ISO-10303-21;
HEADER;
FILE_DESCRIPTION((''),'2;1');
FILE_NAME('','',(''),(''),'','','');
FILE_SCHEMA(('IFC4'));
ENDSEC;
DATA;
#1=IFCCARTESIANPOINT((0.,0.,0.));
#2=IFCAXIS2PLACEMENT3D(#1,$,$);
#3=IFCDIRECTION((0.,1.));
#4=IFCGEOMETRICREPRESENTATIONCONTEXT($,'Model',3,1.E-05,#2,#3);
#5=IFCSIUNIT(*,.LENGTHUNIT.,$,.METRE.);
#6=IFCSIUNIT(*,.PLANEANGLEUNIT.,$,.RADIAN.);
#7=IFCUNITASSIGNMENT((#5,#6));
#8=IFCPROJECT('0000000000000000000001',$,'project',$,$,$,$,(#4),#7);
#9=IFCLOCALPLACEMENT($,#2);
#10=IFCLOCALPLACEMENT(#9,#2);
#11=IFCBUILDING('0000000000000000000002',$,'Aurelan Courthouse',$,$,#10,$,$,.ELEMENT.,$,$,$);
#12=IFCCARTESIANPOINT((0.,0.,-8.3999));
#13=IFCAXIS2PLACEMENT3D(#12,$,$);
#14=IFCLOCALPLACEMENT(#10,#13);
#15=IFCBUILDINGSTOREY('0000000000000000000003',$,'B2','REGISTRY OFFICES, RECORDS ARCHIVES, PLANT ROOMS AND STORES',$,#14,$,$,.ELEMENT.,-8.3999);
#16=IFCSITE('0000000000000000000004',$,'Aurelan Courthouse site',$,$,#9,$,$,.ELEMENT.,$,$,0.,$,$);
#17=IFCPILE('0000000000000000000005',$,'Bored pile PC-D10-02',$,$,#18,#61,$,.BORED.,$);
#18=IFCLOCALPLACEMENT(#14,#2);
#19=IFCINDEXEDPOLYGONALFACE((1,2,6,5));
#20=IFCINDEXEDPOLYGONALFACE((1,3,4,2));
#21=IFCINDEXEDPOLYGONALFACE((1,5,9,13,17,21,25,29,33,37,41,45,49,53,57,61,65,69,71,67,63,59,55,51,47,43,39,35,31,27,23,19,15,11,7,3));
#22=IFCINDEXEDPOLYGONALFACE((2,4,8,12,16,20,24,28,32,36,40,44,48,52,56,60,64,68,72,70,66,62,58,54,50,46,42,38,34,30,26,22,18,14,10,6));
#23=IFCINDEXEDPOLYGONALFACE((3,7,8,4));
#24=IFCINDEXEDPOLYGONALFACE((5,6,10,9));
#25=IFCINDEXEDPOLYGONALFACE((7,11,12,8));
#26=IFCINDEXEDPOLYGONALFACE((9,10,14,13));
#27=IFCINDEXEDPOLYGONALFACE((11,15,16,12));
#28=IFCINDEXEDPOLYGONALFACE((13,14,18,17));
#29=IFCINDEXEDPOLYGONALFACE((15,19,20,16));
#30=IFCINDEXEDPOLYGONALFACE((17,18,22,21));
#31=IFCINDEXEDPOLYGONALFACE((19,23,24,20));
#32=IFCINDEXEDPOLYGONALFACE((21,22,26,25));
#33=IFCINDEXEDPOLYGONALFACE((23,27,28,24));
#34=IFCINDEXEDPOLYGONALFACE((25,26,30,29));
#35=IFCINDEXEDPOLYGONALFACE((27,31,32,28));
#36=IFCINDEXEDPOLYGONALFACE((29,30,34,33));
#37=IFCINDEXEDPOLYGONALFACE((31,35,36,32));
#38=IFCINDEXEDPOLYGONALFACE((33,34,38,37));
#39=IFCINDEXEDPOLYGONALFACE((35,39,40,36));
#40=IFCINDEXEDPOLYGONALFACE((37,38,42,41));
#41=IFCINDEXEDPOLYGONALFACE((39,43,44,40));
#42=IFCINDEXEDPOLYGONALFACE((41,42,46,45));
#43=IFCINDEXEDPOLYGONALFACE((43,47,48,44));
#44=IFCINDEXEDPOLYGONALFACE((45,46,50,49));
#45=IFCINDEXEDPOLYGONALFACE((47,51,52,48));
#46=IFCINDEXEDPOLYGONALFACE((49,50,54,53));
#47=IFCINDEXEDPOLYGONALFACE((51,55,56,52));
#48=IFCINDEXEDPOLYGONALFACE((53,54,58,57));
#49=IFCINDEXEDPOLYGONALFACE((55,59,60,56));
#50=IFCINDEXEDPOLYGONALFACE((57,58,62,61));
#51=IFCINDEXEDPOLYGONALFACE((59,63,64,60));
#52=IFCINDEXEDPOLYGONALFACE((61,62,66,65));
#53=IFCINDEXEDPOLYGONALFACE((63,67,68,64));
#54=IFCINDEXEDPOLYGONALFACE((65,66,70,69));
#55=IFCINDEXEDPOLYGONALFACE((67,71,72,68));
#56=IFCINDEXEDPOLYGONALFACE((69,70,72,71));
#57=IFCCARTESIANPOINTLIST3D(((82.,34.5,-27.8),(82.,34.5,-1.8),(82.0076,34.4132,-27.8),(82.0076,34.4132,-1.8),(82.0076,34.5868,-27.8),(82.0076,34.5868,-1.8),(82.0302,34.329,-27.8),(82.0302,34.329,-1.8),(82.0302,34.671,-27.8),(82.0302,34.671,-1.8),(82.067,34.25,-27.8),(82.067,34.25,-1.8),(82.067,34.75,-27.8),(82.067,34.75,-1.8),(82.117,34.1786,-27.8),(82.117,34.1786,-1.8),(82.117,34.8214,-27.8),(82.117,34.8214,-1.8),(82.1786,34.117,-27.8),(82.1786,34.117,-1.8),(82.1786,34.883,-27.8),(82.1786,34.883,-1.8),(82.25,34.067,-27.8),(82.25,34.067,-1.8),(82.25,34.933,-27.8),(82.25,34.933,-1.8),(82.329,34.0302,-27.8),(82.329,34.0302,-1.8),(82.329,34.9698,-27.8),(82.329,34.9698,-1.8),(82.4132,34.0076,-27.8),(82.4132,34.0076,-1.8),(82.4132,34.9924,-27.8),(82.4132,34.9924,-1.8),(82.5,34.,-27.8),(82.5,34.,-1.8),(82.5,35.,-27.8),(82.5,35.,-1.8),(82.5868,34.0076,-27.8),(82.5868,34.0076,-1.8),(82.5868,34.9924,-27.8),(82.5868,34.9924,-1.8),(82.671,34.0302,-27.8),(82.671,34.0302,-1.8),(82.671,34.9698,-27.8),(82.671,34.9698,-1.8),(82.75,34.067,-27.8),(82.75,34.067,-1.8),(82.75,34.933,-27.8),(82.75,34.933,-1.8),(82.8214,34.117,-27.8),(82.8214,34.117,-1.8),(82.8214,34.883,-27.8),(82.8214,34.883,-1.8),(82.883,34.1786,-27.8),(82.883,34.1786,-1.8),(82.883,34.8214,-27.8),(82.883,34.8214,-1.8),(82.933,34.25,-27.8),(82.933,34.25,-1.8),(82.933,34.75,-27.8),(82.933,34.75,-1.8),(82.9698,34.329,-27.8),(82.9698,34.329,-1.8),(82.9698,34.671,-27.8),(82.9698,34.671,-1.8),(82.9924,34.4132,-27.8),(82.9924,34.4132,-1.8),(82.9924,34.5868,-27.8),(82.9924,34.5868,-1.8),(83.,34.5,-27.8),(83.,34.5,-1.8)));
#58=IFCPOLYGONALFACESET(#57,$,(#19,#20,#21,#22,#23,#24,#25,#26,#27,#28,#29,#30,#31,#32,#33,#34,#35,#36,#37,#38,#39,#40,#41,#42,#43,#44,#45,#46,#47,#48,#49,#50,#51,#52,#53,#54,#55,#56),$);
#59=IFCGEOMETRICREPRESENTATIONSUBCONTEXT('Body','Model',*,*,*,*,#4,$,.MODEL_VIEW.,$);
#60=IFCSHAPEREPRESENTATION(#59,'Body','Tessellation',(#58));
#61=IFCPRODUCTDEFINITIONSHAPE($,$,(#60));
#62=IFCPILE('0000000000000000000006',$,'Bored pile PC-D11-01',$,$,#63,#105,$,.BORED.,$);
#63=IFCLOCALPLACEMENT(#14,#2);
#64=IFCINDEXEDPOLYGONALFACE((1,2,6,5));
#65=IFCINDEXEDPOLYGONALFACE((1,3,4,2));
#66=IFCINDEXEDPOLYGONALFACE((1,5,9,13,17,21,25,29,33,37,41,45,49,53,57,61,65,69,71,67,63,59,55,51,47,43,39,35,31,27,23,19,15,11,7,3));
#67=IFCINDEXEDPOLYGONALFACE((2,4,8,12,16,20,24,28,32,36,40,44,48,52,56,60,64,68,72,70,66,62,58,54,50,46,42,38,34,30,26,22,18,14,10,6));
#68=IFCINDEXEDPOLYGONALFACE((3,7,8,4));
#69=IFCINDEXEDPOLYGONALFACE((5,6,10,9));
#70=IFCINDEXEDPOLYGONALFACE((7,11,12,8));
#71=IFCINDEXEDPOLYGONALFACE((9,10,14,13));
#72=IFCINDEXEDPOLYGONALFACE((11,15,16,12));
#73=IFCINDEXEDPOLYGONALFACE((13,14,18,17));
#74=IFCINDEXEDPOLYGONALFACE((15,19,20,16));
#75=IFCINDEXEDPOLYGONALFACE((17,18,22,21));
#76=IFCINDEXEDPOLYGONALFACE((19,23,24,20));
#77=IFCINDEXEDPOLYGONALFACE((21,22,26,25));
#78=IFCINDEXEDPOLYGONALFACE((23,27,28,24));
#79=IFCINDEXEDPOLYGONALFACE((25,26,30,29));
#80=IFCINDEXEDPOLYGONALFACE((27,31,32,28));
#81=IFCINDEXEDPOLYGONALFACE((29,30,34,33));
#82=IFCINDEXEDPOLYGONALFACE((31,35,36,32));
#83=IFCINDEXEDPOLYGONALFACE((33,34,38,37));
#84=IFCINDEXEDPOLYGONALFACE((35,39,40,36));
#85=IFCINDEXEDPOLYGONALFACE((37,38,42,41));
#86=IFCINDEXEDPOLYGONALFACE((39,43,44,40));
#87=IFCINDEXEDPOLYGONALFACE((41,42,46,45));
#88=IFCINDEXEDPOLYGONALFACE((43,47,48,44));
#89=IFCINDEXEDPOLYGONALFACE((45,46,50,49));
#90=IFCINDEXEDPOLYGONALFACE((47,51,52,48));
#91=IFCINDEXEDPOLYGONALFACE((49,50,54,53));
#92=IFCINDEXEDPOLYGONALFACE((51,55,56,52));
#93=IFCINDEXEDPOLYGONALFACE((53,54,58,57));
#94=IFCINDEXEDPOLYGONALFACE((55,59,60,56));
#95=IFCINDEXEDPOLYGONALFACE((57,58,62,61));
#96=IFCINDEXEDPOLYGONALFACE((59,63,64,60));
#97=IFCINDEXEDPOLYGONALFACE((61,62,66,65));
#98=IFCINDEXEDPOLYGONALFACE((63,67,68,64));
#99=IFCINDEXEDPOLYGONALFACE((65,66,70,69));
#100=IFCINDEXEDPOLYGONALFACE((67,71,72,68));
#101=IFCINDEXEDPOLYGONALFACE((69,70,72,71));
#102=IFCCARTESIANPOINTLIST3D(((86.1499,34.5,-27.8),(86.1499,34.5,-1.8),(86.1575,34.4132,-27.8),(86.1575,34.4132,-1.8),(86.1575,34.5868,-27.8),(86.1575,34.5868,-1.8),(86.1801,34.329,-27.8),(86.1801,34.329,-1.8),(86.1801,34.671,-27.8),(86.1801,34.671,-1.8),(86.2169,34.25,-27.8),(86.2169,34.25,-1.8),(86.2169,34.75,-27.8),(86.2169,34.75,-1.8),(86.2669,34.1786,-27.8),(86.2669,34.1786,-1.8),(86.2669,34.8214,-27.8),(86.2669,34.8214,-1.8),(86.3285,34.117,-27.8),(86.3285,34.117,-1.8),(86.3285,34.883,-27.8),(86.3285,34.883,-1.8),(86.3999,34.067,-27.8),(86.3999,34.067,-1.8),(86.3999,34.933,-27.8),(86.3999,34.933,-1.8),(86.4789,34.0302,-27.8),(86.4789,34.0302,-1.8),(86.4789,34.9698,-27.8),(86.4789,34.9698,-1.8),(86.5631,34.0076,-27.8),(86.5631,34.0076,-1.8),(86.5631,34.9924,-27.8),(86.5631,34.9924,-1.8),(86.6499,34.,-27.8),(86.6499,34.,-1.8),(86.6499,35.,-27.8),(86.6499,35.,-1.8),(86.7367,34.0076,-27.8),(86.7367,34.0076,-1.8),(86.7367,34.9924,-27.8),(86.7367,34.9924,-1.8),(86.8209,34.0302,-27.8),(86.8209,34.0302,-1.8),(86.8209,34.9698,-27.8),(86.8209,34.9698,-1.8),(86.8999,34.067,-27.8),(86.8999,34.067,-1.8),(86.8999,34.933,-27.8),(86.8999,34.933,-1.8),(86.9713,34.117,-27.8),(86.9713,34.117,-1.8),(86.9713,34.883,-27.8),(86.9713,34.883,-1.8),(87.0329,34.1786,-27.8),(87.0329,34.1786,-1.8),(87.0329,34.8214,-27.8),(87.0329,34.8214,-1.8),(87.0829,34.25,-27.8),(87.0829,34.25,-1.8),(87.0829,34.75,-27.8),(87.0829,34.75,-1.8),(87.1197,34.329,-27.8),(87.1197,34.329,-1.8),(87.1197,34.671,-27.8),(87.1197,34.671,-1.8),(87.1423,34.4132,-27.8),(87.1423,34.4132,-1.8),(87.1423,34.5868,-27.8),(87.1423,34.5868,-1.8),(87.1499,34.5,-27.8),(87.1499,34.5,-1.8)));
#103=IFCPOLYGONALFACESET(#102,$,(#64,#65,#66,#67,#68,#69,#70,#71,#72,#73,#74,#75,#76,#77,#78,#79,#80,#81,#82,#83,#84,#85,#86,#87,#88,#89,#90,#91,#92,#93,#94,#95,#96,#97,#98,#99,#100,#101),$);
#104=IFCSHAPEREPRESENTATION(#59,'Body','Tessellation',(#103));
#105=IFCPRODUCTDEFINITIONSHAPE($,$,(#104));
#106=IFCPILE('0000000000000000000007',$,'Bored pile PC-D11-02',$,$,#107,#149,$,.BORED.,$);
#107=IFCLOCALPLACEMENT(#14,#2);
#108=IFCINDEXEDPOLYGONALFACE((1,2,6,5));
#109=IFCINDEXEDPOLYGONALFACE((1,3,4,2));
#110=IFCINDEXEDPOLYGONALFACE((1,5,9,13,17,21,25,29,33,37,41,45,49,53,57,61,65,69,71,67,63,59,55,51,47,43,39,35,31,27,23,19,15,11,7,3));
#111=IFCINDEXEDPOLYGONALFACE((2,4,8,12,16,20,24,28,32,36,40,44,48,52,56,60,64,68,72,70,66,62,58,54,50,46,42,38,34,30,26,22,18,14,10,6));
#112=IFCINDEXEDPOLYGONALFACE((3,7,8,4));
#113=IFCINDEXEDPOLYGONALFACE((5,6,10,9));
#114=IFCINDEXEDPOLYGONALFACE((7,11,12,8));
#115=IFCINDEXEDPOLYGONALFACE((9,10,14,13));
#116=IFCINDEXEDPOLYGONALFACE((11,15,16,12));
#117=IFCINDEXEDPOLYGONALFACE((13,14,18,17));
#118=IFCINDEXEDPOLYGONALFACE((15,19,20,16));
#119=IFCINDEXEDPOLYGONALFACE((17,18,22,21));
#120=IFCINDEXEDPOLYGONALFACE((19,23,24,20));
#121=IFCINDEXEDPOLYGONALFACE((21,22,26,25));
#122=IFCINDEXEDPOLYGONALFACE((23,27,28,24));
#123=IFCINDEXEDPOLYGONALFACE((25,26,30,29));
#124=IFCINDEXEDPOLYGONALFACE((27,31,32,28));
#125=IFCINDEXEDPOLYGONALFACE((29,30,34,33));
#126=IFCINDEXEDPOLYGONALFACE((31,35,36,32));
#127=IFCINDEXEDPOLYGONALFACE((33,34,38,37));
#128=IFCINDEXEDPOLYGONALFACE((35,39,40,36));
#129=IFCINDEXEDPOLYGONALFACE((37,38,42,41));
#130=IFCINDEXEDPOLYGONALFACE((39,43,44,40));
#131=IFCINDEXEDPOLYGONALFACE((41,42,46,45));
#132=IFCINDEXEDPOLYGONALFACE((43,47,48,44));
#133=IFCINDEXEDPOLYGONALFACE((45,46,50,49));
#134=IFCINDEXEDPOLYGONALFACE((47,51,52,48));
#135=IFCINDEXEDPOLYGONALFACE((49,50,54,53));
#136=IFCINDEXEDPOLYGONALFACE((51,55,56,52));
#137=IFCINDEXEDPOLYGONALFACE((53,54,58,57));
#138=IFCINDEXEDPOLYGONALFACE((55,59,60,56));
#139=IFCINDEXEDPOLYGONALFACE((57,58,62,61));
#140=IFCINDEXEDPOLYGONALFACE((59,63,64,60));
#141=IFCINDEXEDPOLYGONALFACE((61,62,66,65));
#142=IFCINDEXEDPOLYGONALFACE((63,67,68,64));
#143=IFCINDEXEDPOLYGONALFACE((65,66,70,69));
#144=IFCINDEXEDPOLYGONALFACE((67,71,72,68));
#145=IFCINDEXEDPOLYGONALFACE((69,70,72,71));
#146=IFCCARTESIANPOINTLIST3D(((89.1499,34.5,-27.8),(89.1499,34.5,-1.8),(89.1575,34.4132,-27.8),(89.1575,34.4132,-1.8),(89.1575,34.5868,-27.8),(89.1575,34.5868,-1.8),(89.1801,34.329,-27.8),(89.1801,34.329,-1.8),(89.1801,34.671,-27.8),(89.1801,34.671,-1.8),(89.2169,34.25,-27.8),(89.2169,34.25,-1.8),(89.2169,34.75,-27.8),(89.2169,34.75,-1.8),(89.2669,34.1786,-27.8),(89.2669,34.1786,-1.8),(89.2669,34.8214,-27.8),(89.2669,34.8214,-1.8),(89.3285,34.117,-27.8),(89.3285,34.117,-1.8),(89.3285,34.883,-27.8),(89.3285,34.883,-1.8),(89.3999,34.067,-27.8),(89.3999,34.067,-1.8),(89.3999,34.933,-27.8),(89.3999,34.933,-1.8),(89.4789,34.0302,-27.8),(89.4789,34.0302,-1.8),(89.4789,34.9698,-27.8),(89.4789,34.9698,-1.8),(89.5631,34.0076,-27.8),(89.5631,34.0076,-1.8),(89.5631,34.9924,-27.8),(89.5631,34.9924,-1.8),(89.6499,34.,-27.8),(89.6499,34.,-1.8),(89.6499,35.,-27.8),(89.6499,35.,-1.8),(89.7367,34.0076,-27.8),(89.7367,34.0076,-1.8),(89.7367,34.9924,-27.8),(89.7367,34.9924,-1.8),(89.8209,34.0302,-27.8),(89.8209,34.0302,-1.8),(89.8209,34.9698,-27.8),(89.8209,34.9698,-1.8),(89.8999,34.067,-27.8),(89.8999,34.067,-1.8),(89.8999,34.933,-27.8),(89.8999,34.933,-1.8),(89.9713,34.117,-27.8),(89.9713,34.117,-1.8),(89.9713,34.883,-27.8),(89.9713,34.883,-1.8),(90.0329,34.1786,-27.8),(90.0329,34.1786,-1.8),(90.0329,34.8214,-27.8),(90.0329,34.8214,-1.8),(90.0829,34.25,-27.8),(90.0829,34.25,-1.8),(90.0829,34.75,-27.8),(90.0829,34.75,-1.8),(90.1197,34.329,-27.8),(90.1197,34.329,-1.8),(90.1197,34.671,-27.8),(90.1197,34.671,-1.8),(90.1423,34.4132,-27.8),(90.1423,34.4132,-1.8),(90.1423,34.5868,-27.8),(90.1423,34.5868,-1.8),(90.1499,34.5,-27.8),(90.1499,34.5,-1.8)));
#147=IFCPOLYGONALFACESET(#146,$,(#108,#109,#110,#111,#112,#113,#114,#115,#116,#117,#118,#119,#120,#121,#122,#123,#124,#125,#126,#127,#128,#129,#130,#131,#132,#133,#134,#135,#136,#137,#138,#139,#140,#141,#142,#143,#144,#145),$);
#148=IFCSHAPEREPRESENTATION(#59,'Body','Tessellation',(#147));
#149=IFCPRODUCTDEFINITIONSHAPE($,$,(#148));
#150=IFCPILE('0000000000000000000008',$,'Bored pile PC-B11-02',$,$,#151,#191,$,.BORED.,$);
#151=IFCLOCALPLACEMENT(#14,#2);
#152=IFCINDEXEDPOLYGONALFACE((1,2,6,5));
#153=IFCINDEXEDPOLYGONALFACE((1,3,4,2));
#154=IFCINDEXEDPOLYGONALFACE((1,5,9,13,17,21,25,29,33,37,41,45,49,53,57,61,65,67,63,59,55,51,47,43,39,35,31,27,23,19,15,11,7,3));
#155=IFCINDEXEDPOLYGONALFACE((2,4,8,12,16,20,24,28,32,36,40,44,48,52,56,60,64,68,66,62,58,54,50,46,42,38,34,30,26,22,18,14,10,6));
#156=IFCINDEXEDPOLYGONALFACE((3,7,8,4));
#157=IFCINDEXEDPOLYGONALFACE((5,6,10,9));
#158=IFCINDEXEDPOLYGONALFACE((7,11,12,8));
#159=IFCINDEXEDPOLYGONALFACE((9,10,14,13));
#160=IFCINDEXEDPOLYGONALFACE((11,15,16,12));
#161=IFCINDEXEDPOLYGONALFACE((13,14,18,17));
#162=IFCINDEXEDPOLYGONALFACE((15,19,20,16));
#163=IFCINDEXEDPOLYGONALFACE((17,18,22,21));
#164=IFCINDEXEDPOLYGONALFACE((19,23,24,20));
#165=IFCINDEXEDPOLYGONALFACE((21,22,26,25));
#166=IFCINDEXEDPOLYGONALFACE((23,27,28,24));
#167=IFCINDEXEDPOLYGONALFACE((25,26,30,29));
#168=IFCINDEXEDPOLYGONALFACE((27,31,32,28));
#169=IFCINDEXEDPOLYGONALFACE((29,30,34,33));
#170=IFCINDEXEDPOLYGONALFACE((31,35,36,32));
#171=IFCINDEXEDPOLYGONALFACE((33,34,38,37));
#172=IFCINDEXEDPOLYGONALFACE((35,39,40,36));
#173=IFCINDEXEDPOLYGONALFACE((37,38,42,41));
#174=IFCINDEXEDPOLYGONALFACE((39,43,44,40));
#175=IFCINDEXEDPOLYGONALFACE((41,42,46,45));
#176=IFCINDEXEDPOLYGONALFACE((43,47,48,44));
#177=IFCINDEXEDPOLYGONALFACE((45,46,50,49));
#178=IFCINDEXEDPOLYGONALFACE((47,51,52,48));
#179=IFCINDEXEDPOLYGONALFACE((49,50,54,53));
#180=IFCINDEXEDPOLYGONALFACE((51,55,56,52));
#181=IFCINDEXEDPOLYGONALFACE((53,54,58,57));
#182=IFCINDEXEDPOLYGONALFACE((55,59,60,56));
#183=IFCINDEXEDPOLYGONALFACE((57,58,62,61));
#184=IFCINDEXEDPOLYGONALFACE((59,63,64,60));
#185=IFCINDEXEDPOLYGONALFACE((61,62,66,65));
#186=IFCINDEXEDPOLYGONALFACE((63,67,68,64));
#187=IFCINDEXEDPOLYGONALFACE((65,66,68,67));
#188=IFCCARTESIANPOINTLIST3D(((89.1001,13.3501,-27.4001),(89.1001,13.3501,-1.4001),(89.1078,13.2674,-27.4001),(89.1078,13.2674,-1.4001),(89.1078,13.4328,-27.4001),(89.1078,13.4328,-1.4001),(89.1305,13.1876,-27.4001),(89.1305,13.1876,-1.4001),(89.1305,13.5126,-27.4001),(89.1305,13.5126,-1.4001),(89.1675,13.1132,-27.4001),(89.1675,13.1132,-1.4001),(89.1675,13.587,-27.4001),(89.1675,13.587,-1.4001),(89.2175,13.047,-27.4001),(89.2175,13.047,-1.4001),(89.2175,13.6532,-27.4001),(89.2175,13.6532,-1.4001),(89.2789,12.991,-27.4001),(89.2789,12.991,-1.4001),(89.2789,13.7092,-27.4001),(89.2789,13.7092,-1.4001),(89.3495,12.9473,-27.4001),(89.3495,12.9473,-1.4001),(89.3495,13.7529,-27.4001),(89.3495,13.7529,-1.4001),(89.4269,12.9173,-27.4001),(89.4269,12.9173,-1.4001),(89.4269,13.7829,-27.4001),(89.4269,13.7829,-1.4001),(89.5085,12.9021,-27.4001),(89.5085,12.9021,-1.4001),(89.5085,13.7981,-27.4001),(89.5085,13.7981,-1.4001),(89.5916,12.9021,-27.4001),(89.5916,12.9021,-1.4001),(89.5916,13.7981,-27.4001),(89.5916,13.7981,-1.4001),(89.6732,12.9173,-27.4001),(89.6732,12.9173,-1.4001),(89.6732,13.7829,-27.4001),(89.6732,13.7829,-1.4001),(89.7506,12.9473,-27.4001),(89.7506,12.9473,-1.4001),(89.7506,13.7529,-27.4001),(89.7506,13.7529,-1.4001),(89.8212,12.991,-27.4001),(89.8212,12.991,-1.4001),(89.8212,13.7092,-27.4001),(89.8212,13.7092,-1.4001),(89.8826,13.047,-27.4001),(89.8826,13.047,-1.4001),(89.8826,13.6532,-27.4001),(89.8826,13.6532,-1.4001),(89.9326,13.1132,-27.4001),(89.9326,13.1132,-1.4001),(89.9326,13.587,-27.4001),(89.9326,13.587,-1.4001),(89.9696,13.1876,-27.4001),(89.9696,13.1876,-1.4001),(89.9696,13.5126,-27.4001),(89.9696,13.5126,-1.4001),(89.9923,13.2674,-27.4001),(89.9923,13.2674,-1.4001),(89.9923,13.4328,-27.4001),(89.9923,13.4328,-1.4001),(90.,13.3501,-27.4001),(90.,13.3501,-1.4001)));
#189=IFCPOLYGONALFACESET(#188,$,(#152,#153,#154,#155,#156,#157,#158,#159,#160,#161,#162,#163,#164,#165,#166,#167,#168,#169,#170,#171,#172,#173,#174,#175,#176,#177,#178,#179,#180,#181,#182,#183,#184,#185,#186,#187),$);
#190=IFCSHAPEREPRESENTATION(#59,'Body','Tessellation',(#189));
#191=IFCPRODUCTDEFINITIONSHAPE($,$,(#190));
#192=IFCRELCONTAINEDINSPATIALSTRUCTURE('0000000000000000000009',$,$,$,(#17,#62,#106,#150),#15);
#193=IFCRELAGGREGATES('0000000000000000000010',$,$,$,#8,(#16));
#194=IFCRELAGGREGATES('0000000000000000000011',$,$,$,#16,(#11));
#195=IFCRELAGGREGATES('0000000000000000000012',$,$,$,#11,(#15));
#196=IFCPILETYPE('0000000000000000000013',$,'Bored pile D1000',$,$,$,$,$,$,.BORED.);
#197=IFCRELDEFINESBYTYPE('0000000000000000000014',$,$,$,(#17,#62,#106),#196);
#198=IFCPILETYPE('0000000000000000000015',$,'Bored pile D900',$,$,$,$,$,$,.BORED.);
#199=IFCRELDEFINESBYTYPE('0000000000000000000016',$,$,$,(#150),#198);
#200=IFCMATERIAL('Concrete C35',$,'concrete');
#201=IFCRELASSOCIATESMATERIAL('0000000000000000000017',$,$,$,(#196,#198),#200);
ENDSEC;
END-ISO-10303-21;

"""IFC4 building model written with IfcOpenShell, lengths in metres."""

from ifc_helpers import new_model, si_unit, direction, frame, origin, origin_2d, place, context, subcontext, project, spatial, circle, extrude, material, material_profile, profile_set, type_object, element, save


model = new_model("IFC4")

# Units and contexts
model_context = context("Model", 3, precision=1e-05, world=origin(), true_north=direction((0.0, 1.0)))
body_context = subcontext(model_context, "Body", "Model", "MODEL_VIEW")
ifc_project = project(units=[si_unit("LENGTHUNIT", "METRE"), si_unit("PLANEANGLEUNIT", "RADIAN")], contexts=[model_context])

# Site, building, storey
site_placement = place(None, origin())
site = spatial("IfcSite", under=ifc_project, at=site_placement, Name="Aurelan Courthouse site", CompositionType="ELEMENT", RefElevation=0.0)
building_placement = place(site_placement, origin())
building = spatial("IfcBuilding", under=site, at=building_placement, Name="Aurelan Courthouse", CompositionType="ELEMENT")
storey_placement = place(building_placement, frame((0.0, 0.0, -8.3999)))
storey = spatial("IfcBuildingStorey", under=building, at=storey_placement, Name="B2", Description="REGISTRY OFFICES, RECORDS ARCHIVES, PLANT ROOMS AND STORES", CompositionType="ELEMENT", Elevation=-8.3999)

# Piles
ifc_material_1 = material(Name="Concrete C35", Category="concrete")
ifc_material_profile_1 = material_profile(ifc_material_1, circle(Radius=0.5, at=origin_2d()), Name="D1000")
ifc_profile_set_1 = profile_set([ifc_material_profile_1], Name="Concrete C35")
pile_type_1 = type_object("IfcPileType", Name="Bored pile D1000", PredefinedType="BORED", material=ifc_profile_set_1)
for number, where, z_axis, x_axis, name in (
    (1, (82.5, 34.5, -1.8), (0.0, 0.0, -1.0), (1.0, 0.0, 0.0), "Bored pile PC-D10-02"),
    (2, (86.6499, 34.5, -1.8), (0.0, 0.0, -1.0), (1.0, 0.0, 0.0), "Bored pile PC-D11-01"),
    (3, (89.6499, 34.5, -1.8), (0.0, 0.0, -1.0), (1.0, 0.0, 0.0), "Bored pile PC-D11-02"),
):
    element("IfcPile", number, at=place(storey_placement, frame(where, z_axis=z_axis, x_axis=x_axis)), inside=storey, type_object=pile_type_1, Name=name, PredefinedType="BORED", context=body_context, shape_type="SweptSolid", body=[
        extrude(circle(Radius=0.5, at=origin_2d()), origin(), (0.0, 0.0, 1.0), 26.0),
    ])
ifc_material_profile_2 = material_profile(ifc_material_1, circle(Radius=0.45, at=origin_2d()), Name="D900")
ifc_profile_set_2 = profile_set([ifc_material_profile_2], Name="Concrete C35")
pile_type_2 = type_object("IfcPileType", Name="Bored pile D900", PredefinedType="BORED", material=ifc_profile_set_2)
for number, where, z_axis, x_axis, name in (
    (4, (89.55, 13.3501, -1.4001), (0.0, 0.0, -1.0), (1.0, 0.0, 0.0), "Bored pile PC-B11-02"),
):
    element("IfcPile", number, at=place(storey_placement, frame(where, z_axis=z_axis, x_axis=x_axis)), inside=storey, type_object=pile_type_2, Name=name, PredefinedType="BORED", context=body_context, shape_type="SweptSolid", body=[
        extrude(circle(Radius=0.45, at=origin_2d()), origin(), (0.0, 0.0, 1.0), 26.0),
    ])

save(model, "model.ifc")
